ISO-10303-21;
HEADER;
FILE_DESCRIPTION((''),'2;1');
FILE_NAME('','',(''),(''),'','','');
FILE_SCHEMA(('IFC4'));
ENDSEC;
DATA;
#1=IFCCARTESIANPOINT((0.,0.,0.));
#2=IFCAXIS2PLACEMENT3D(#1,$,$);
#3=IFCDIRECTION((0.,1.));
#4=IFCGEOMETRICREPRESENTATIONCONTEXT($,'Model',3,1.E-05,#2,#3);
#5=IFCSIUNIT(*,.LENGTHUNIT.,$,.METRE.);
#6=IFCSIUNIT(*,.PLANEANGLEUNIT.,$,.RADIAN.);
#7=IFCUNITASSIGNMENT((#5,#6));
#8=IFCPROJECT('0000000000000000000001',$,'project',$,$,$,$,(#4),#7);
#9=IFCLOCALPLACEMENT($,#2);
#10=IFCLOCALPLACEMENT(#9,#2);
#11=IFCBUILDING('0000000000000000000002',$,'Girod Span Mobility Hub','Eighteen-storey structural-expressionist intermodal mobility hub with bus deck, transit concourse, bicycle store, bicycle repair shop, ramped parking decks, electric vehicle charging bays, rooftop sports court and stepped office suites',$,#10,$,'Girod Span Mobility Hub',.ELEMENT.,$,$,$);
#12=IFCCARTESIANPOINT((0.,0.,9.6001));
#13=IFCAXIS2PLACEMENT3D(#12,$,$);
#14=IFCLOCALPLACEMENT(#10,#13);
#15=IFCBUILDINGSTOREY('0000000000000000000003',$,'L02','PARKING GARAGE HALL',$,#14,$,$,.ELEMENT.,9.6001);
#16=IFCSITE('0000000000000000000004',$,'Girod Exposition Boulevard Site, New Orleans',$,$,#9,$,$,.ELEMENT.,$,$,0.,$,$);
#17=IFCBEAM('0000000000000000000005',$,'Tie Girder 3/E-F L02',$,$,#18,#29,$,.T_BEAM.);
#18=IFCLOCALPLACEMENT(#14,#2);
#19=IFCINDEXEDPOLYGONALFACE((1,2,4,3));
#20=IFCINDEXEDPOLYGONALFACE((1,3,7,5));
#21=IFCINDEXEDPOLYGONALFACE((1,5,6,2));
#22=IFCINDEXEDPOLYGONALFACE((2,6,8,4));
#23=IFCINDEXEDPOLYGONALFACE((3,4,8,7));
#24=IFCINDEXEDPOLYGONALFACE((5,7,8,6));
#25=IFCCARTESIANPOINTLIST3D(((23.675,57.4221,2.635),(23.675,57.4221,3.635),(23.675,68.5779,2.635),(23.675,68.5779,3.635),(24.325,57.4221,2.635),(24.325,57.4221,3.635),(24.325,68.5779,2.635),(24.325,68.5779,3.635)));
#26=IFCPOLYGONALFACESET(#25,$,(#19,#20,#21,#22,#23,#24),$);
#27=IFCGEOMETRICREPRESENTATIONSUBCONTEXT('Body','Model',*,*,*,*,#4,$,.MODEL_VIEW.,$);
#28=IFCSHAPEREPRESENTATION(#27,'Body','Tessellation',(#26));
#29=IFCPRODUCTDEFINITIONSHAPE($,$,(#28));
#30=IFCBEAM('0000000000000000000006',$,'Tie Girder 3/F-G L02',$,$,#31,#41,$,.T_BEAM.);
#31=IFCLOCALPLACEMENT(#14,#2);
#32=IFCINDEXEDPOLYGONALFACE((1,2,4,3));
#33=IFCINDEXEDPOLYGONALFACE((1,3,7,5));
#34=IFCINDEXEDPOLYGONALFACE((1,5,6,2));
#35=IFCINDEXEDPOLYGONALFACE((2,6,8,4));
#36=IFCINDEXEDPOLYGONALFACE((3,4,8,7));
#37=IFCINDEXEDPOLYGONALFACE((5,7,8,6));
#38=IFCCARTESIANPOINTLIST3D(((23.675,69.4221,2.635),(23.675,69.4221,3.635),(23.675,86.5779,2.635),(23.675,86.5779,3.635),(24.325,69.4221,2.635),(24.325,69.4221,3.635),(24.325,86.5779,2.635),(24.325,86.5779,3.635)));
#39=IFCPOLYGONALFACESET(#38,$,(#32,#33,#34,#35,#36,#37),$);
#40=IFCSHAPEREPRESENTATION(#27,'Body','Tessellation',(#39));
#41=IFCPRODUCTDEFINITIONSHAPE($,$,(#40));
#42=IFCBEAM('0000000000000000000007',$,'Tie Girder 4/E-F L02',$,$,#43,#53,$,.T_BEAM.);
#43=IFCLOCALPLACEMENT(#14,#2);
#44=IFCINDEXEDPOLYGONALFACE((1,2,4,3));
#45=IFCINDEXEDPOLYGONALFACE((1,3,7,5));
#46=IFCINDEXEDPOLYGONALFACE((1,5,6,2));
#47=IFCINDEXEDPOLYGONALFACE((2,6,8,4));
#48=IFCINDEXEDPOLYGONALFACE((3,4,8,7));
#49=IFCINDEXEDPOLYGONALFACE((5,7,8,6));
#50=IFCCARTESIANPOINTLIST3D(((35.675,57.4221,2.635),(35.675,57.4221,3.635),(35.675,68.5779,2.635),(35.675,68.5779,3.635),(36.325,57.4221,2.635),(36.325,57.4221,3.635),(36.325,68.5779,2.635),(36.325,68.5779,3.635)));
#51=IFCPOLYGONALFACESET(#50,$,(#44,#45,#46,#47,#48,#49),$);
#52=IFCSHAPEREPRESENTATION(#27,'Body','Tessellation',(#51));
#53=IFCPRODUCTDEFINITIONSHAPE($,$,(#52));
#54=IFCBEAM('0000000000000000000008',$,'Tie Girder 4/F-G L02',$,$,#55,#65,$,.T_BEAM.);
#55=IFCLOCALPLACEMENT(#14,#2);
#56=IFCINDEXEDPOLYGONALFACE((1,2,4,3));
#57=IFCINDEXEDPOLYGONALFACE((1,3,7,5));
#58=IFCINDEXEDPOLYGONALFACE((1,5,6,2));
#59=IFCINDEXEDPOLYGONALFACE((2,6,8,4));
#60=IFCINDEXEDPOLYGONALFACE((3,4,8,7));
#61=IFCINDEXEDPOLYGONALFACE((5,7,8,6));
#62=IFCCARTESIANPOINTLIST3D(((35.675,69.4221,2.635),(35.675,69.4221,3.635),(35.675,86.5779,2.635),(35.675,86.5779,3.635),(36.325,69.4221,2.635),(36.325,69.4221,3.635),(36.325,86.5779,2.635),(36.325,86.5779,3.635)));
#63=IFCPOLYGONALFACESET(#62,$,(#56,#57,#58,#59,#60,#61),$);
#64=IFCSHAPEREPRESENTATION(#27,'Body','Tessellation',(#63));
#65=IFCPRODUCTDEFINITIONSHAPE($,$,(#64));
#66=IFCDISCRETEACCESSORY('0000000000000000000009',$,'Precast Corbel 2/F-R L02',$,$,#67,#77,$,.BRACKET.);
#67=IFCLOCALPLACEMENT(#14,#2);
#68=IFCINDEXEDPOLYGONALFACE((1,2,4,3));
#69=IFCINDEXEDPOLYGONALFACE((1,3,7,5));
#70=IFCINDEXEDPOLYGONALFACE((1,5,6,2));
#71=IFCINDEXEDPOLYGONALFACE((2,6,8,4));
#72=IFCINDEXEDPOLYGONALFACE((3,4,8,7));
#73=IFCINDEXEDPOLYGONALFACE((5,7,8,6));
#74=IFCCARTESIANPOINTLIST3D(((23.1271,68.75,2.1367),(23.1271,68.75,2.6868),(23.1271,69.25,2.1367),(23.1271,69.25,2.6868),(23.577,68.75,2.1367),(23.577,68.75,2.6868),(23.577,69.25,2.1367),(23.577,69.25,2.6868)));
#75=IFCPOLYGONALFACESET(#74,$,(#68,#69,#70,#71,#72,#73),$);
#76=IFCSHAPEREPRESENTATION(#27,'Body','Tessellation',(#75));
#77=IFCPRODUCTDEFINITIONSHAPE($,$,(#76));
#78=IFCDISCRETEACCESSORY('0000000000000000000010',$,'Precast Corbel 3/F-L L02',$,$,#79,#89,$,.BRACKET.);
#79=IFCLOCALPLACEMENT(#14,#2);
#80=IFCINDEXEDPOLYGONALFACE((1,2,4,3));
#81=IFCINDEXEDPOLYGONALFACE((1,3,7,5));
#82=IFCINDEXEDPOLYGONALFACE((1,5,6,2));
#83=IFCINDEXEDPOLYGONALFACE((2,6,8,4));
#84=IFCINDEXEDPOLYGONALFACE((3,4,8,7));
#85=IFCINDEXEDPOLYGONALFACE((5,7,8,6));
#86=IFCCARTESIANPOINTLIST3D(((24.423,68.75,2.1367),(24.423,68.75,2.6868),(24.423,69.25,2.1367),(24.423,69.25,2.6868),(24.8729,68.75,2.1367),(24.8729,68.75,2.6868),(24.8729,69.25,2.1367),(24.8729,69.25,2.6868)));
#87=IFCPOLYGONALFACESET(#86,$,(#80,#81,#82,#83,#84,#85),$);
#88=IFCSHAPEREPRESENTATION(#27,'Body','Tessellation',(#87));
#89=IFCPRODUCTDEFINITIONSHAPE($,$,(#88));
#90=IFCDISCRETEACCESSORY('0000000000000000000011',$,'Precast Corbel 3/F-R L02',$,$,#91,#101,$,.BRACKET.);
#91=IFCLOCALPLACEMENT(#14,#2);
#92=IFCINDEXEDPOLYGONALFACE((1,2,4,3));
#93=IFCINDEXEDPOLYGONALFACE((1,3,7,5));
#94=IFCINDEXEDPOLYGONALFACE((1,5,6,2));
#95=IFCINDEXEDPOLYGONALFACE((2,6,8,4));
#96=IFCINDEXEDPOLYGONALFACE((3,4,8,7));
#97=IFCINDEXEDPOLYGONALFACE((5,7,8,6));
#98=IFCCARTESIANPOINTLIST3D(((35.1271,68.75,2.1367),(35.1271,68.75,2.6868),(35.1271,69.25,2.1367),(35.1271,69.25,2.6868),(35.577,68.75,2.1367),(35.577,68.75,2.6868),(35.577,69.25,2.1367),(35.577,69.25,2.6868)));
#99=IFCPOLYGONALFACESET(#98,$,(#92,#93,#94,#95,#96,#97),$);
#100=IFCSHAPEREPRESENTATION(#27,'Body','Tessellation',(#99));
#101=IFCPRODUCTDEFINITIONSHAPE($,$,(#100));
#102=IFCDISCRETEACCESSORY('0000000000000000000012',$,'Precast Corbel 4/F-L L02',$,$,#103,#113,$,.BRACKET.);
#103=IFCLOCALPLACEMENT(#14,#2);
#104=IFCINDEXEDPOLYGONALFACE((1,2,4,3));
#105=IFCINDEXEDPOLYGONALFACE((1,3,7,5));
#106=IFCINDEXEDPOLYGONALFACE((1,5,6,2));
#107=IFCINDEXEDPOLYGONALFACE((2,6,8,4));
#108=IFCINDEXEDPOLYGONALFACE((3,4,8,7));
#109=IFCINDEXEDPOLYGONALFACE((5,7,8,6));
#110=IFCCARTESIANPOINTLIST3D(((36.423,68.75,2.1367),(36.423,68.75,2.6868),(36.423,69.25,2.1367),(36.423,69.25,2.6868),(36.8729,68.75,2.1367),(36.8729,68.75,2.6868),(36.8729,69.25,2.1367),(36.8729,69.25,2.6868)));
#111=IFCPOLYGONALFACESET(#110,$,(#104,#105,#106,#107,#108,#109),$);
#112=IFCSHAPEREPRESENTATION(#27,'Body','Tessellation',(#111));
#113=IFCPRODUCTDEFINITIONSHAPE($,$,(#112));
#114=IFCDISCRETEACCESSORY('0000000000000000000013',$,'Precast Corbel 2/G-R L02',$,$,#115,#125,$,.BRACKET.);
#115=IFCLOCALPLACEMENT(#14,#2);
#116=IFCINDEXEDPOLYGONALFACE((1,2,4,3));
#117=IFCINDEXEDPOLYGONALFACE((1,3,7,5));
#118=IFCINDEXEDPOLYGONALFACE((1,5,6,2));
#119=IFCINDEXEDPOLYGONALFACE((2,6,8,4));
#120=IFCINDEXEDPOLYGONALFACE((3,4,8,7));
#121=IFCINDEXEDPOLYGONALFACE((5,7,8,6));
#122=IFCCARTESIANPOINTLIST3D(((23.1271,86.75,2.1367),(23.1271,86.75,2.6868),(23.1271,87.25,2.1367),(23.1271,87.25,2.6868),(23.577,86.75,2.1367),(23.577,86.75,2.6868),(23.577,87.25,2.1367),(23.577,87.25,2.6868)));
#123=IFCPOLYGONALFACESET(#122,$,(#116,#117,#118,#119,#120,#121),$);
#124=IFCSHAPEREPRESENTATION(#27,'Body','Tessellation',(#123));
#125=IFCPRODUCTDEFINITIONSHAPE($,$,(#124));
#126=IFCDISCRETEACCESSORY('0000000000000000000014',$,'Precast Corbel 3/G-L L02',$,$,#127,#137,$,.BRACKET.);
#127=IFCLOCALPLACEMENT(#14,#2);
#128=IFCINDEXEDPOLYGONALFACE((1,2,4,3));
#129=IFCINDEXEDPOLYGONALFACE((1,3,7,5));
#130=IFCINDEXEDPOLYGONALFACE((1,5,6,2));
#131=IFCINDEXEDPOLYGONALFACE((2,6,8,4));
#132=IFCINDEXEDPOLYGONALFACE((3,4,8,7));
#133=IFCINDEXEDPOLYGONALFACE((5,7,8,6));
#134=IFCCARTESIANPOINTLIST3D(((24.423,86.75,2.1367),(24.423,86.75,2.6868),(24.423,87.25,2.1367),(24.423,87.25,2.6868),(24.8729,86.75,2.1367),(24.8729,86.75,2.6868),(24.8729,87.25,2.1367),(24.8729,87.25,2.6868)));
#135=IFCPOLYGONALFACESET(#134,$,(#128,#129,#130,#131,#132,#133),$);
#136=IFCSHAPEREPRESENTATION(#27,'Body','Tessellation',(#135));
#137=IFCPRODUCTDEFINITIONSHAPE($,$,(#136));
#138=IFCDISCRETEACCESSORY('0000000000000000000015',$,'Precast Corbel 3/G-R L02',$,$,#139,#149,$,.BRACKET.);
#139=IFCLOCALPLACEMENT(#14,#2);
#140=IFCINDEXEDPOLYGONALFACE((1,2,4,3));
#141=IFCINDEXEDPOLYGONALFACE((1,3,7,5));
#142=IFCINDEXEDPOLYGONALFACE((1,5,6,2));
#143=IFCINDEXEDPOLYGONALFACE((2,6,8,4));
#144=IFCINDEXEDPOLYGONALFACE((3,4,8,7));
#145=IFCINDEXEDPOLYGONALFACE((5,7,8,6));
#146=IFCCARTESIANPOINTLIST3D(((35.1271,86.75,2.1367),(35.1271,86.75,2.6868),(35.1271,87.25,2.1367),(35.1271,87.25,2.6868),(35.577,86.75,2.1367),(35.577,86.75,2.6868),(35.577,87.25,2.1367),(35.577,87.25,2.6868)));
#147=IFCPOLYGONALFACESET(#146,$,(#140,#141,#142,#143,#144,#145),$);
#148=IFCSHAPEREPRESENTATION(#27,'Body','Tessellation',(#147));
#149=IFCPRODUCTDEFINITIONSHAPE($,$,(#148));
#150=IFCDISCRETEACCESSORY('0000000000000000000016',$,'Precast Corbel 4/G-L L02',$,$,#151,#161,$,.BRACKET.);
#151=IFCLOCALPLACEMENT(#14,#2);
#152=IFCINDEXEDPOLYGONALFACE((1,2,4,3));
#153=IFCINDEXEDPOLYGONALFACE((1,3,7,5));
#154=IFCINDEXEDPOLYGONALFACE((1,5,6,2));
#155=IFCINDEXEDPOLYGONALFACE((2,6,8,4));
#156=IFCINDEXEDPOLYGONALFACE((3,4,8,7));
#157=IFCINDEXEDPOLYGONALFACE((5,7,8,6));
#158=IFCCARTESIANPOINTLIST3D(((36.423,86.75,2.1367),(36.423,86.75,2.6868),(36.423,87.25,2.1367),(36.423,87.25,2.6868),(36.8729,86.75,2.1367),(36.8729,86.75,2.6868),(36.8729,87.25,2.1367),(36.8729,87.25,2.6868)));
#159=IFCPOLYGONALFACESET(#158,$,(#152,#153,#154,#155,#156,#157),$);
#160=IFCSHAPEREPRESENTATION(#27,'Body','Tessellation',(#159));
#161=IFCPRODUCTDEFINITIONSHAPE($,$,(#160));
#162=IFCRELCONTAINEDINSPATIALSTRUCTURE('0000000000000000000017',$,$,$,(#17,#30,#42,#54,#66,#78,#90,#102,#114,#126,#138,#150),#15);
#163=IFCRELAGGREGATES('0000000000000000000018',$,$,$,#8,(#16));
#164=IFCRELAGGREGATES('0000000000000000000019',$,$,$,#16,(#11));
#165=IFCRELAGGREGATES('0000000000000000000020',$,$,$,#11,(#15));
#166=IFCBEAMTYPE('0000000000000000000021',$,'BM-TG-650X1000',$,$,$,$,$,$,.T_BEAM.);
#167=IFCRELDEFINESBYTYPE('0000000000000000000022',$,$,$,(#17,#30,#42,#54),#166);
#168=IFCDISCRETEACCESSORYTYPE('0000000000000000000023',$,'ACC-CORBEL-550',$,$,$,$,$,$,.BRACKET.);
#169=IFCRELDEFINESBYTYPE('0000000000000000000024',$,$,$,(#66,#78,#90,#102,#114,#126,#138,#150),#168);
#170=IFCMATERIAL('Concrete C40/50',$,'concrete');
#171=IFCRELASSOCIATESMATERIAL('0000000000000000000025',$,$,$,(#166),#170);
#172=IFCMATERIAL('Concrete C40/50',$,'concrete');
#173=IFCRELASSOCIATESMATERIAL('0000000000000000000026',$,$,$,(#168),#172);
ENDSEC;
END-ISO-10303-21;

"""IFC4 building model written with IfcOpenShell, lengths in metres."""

from ifc_helpers import new_model, si_unit, direction, frame, origin, origin_2d, place, context, subcontext, project, spatial, rectangle, extrude, material, material_profile, profile_set, type_object, element, save


model = new_model("IFC4")

# Units and contexts
model_context = context("Model", 3, precision=1e-05, world=origin(), true_north=direction((0.0, 1.0)))
body_context = subcontext(model_context, "Body", "Model", "MODEL_VIEW")
ifc_project = project(units=[si_unit("LENGTHUNIT", "METRE"), si_unit("PLANEANGLEUNIT", "RADIAN")], contexts=[model_context])

# Site, building, storey
site_placement = place(None, origin())
site = spatial("IfcSite", under=ifc_project, at=site_placement, Name="Girod Exposition Boulevard Site, New Orleans", CompositionType="ELEMENT", RefElevation=0.0)
building_placement = place(site_placement, origin())
building = spatial("IfcBuilding", under=site, at=building_placement, Name="Girod Span Mobility Hub", Description="Eighteen-storey structural-expressionist intermodal mobility hub with bus deck, transit concourse, bicycle store, bicycle repair shop, ramped parking decks, electric vehicle charging bays, rooftop sports court and stepped office suites", LongName="Girod Span Mobility Hub", CompositionType="ELEMENT")
storey_placement = place(building_placement, frame((0.0, 0.0, 9.6001)))
storey = spatial("IfcBuildingStorey", under=building, at=storey_placement, Name="L02", Description="PARKING GARAGE HALL", CompositionType="ELEMENT", Elevation=9.6001)

# Beams
ifc_material_1 = material(Name="Concrete C40/50", Category="concrete")
ifc_material_profile_1 = material_profile(ifc_material_1, rectangle(XDim=0.6499, YDim=1.0, at=origin_2d()), Name="TG-650X1000")
ifc_profile_set_1 = profile_set([ifc_material_profile_1], Name="Concrete C40/50")
beam_type_1 = type_object("IfcBeamType", Name="BM-TG-650X1000", PredefinedType="T_BEAM", material=ifc_profile_set_1)
beam_1_placement = place(storey_placement, frame((24.0, 57.4221, 3.135), z_axis=(0.0, 1.0, 0.0), x_axis=(-1.0, 0.0, 0.0)))
element("IfcBeam", 1, at=beam_1_placement, inside=storey, type_object=beam_type_1, Name="Tie Girder 3/E-F L02", PredefinedType="T_BEAM", context=body_context, shape_type="SweptSolid", body=[
    extrude(rectangle(XDim=0.6499, YDim=1.0, at=origin_2d()), origin(), (0.0, 0.0, 1.0), 11.1558),
])
beam_2_placement = place(storey_placement, frame((24.0, 69.4221, 3.135), z_axis=(0.0, 1.0, 0.0), x_axis=(-1.0, 0.0, 0.0)))
element("IfcBeam", 2, at=beam_2_placement, inside=storey, type_object=beam_type_1, Name="Tie Girder 3/F-G L02", PredefinedType="T_BEAM", context=body_context, shape_type="SweptSolid", body=[
    extrude(rectangle(XDim=0.6499, YDim=1.0, at=origin_2d()), origin(), (0.0, 0.0, 1.0), 17.1558),
])
beam_3_placement = place(storey_placement, frame((36.0, 57.4221, 3.135), z_axis=(0.0, 1.0, 0.0), x_axis=(-1.0, 0.0, 0.0)))
element("IfcBeam", 3, at=beam_3_placement, inside=storey, type_object=beam_type_1, Name="Tie Girder 4/E-F L02", PredefinedType="T_BEAM", context=body_context, shape_type="SweptSolid", body=[
    extrude(rectangle(XDim=0.6499, YDim=1.0, at=origin_2d()), origin(), (0.0, 0.0, 1.0), 11.1558),
])
beam_4_placement = place(storey_placement, frame((36.0, 69.4221, 3.135), z_axis=(0.0, 1.0, 0.0), x_axis=(-1.0, 0.0, 0.0)))
element("IfcBeam", 4, at=beam_4_placement, inside=storey, type_object=beam_type_1, Name="Tie Girder 4/F-G L02", PredefinedType="T_BEAM", context=body_context, shape_type="SweptSolid", body=[
    extrude(rectangle(XDim=0.6499, YDim=1.0, at=origin_2d()), origin(), (0.0, 0.0, 1.0), 17.1558),
])

# Discrete accessories
ifc_material_2 = material(Name="Concrete C40/50", Category="concrete")
discrete_accessory_type = type_object("IfcDiscreteAccessoryType", Name="ACC-CORBEL-550", PredefinedType="BRACKET", material=ifc_material_2)
for number, where, z_axis, x_axis, name in (
    (5, (23.3521, 69.0, 2.1367), (0.0, 0.0, 1.0), (1.0, 0.0, 0.0), "Precast Corbel 2/F-R L02"),
    (6, (24.6479, 69.0, 2.1367), (0.0, 0.0, 1.0), (1.0, 0.0, 0.0), "Precast Corbel 3/F-L L02"),
    (7, (35.3521, 69.0, 2.1367), (0.0, 0.0, 1.0), (1.0, 0.0, 0.0), "Precast Corbel 3/F-R L02"),
    (8, (36.6479, 69.0, 2.1367), (0.0, 0.0, 1.0), (1.0, 0.0, 0.0), "Precast Corbel 4/F-L L02"),
    (9, (23.3521, 87.0, 2.1367), (0.0, 0.0, 1.0), (1.0, 0.0, 0.0), "Precast Corbel 2/G-R L02"),
    (10, (24.6479, 87.0, 2.1367), (0.0, 0.0, 1.0), (1.0, 0.0, 0.0), "Precast Corbel 3/G-L L02"),
    (11, (35.3521, 87.0, 2.1367), (0.0, 0.0, 1.0), (1.0, 0.0, 0.0), "Precast Corbel 3/G-R L02"),
    (12, (36.6479, 87.0, 2.1367), (0.0, 0.0, 1.0), (1.0, 0.0, 0.0), "Precast Corbel 4/G-L L02"),
):
    element("IfcDiscreteAccessory", number, at=place(storey_placement, frame(where, z_axis=z_axis, x_axis=x_axis)), inside=storey, type_object=discrete_accessory_type, Name=name, PredefinedType="BRACKET", context=body_context, shape_type="SweptSolid", body=[
        extrude(rectangle(XDim=0.45, YDim=0.5, at=origin_2d()), origin(), (0.0, 0.0, 1.0), 0.55),
    ])

save(model, "model.ifc")
